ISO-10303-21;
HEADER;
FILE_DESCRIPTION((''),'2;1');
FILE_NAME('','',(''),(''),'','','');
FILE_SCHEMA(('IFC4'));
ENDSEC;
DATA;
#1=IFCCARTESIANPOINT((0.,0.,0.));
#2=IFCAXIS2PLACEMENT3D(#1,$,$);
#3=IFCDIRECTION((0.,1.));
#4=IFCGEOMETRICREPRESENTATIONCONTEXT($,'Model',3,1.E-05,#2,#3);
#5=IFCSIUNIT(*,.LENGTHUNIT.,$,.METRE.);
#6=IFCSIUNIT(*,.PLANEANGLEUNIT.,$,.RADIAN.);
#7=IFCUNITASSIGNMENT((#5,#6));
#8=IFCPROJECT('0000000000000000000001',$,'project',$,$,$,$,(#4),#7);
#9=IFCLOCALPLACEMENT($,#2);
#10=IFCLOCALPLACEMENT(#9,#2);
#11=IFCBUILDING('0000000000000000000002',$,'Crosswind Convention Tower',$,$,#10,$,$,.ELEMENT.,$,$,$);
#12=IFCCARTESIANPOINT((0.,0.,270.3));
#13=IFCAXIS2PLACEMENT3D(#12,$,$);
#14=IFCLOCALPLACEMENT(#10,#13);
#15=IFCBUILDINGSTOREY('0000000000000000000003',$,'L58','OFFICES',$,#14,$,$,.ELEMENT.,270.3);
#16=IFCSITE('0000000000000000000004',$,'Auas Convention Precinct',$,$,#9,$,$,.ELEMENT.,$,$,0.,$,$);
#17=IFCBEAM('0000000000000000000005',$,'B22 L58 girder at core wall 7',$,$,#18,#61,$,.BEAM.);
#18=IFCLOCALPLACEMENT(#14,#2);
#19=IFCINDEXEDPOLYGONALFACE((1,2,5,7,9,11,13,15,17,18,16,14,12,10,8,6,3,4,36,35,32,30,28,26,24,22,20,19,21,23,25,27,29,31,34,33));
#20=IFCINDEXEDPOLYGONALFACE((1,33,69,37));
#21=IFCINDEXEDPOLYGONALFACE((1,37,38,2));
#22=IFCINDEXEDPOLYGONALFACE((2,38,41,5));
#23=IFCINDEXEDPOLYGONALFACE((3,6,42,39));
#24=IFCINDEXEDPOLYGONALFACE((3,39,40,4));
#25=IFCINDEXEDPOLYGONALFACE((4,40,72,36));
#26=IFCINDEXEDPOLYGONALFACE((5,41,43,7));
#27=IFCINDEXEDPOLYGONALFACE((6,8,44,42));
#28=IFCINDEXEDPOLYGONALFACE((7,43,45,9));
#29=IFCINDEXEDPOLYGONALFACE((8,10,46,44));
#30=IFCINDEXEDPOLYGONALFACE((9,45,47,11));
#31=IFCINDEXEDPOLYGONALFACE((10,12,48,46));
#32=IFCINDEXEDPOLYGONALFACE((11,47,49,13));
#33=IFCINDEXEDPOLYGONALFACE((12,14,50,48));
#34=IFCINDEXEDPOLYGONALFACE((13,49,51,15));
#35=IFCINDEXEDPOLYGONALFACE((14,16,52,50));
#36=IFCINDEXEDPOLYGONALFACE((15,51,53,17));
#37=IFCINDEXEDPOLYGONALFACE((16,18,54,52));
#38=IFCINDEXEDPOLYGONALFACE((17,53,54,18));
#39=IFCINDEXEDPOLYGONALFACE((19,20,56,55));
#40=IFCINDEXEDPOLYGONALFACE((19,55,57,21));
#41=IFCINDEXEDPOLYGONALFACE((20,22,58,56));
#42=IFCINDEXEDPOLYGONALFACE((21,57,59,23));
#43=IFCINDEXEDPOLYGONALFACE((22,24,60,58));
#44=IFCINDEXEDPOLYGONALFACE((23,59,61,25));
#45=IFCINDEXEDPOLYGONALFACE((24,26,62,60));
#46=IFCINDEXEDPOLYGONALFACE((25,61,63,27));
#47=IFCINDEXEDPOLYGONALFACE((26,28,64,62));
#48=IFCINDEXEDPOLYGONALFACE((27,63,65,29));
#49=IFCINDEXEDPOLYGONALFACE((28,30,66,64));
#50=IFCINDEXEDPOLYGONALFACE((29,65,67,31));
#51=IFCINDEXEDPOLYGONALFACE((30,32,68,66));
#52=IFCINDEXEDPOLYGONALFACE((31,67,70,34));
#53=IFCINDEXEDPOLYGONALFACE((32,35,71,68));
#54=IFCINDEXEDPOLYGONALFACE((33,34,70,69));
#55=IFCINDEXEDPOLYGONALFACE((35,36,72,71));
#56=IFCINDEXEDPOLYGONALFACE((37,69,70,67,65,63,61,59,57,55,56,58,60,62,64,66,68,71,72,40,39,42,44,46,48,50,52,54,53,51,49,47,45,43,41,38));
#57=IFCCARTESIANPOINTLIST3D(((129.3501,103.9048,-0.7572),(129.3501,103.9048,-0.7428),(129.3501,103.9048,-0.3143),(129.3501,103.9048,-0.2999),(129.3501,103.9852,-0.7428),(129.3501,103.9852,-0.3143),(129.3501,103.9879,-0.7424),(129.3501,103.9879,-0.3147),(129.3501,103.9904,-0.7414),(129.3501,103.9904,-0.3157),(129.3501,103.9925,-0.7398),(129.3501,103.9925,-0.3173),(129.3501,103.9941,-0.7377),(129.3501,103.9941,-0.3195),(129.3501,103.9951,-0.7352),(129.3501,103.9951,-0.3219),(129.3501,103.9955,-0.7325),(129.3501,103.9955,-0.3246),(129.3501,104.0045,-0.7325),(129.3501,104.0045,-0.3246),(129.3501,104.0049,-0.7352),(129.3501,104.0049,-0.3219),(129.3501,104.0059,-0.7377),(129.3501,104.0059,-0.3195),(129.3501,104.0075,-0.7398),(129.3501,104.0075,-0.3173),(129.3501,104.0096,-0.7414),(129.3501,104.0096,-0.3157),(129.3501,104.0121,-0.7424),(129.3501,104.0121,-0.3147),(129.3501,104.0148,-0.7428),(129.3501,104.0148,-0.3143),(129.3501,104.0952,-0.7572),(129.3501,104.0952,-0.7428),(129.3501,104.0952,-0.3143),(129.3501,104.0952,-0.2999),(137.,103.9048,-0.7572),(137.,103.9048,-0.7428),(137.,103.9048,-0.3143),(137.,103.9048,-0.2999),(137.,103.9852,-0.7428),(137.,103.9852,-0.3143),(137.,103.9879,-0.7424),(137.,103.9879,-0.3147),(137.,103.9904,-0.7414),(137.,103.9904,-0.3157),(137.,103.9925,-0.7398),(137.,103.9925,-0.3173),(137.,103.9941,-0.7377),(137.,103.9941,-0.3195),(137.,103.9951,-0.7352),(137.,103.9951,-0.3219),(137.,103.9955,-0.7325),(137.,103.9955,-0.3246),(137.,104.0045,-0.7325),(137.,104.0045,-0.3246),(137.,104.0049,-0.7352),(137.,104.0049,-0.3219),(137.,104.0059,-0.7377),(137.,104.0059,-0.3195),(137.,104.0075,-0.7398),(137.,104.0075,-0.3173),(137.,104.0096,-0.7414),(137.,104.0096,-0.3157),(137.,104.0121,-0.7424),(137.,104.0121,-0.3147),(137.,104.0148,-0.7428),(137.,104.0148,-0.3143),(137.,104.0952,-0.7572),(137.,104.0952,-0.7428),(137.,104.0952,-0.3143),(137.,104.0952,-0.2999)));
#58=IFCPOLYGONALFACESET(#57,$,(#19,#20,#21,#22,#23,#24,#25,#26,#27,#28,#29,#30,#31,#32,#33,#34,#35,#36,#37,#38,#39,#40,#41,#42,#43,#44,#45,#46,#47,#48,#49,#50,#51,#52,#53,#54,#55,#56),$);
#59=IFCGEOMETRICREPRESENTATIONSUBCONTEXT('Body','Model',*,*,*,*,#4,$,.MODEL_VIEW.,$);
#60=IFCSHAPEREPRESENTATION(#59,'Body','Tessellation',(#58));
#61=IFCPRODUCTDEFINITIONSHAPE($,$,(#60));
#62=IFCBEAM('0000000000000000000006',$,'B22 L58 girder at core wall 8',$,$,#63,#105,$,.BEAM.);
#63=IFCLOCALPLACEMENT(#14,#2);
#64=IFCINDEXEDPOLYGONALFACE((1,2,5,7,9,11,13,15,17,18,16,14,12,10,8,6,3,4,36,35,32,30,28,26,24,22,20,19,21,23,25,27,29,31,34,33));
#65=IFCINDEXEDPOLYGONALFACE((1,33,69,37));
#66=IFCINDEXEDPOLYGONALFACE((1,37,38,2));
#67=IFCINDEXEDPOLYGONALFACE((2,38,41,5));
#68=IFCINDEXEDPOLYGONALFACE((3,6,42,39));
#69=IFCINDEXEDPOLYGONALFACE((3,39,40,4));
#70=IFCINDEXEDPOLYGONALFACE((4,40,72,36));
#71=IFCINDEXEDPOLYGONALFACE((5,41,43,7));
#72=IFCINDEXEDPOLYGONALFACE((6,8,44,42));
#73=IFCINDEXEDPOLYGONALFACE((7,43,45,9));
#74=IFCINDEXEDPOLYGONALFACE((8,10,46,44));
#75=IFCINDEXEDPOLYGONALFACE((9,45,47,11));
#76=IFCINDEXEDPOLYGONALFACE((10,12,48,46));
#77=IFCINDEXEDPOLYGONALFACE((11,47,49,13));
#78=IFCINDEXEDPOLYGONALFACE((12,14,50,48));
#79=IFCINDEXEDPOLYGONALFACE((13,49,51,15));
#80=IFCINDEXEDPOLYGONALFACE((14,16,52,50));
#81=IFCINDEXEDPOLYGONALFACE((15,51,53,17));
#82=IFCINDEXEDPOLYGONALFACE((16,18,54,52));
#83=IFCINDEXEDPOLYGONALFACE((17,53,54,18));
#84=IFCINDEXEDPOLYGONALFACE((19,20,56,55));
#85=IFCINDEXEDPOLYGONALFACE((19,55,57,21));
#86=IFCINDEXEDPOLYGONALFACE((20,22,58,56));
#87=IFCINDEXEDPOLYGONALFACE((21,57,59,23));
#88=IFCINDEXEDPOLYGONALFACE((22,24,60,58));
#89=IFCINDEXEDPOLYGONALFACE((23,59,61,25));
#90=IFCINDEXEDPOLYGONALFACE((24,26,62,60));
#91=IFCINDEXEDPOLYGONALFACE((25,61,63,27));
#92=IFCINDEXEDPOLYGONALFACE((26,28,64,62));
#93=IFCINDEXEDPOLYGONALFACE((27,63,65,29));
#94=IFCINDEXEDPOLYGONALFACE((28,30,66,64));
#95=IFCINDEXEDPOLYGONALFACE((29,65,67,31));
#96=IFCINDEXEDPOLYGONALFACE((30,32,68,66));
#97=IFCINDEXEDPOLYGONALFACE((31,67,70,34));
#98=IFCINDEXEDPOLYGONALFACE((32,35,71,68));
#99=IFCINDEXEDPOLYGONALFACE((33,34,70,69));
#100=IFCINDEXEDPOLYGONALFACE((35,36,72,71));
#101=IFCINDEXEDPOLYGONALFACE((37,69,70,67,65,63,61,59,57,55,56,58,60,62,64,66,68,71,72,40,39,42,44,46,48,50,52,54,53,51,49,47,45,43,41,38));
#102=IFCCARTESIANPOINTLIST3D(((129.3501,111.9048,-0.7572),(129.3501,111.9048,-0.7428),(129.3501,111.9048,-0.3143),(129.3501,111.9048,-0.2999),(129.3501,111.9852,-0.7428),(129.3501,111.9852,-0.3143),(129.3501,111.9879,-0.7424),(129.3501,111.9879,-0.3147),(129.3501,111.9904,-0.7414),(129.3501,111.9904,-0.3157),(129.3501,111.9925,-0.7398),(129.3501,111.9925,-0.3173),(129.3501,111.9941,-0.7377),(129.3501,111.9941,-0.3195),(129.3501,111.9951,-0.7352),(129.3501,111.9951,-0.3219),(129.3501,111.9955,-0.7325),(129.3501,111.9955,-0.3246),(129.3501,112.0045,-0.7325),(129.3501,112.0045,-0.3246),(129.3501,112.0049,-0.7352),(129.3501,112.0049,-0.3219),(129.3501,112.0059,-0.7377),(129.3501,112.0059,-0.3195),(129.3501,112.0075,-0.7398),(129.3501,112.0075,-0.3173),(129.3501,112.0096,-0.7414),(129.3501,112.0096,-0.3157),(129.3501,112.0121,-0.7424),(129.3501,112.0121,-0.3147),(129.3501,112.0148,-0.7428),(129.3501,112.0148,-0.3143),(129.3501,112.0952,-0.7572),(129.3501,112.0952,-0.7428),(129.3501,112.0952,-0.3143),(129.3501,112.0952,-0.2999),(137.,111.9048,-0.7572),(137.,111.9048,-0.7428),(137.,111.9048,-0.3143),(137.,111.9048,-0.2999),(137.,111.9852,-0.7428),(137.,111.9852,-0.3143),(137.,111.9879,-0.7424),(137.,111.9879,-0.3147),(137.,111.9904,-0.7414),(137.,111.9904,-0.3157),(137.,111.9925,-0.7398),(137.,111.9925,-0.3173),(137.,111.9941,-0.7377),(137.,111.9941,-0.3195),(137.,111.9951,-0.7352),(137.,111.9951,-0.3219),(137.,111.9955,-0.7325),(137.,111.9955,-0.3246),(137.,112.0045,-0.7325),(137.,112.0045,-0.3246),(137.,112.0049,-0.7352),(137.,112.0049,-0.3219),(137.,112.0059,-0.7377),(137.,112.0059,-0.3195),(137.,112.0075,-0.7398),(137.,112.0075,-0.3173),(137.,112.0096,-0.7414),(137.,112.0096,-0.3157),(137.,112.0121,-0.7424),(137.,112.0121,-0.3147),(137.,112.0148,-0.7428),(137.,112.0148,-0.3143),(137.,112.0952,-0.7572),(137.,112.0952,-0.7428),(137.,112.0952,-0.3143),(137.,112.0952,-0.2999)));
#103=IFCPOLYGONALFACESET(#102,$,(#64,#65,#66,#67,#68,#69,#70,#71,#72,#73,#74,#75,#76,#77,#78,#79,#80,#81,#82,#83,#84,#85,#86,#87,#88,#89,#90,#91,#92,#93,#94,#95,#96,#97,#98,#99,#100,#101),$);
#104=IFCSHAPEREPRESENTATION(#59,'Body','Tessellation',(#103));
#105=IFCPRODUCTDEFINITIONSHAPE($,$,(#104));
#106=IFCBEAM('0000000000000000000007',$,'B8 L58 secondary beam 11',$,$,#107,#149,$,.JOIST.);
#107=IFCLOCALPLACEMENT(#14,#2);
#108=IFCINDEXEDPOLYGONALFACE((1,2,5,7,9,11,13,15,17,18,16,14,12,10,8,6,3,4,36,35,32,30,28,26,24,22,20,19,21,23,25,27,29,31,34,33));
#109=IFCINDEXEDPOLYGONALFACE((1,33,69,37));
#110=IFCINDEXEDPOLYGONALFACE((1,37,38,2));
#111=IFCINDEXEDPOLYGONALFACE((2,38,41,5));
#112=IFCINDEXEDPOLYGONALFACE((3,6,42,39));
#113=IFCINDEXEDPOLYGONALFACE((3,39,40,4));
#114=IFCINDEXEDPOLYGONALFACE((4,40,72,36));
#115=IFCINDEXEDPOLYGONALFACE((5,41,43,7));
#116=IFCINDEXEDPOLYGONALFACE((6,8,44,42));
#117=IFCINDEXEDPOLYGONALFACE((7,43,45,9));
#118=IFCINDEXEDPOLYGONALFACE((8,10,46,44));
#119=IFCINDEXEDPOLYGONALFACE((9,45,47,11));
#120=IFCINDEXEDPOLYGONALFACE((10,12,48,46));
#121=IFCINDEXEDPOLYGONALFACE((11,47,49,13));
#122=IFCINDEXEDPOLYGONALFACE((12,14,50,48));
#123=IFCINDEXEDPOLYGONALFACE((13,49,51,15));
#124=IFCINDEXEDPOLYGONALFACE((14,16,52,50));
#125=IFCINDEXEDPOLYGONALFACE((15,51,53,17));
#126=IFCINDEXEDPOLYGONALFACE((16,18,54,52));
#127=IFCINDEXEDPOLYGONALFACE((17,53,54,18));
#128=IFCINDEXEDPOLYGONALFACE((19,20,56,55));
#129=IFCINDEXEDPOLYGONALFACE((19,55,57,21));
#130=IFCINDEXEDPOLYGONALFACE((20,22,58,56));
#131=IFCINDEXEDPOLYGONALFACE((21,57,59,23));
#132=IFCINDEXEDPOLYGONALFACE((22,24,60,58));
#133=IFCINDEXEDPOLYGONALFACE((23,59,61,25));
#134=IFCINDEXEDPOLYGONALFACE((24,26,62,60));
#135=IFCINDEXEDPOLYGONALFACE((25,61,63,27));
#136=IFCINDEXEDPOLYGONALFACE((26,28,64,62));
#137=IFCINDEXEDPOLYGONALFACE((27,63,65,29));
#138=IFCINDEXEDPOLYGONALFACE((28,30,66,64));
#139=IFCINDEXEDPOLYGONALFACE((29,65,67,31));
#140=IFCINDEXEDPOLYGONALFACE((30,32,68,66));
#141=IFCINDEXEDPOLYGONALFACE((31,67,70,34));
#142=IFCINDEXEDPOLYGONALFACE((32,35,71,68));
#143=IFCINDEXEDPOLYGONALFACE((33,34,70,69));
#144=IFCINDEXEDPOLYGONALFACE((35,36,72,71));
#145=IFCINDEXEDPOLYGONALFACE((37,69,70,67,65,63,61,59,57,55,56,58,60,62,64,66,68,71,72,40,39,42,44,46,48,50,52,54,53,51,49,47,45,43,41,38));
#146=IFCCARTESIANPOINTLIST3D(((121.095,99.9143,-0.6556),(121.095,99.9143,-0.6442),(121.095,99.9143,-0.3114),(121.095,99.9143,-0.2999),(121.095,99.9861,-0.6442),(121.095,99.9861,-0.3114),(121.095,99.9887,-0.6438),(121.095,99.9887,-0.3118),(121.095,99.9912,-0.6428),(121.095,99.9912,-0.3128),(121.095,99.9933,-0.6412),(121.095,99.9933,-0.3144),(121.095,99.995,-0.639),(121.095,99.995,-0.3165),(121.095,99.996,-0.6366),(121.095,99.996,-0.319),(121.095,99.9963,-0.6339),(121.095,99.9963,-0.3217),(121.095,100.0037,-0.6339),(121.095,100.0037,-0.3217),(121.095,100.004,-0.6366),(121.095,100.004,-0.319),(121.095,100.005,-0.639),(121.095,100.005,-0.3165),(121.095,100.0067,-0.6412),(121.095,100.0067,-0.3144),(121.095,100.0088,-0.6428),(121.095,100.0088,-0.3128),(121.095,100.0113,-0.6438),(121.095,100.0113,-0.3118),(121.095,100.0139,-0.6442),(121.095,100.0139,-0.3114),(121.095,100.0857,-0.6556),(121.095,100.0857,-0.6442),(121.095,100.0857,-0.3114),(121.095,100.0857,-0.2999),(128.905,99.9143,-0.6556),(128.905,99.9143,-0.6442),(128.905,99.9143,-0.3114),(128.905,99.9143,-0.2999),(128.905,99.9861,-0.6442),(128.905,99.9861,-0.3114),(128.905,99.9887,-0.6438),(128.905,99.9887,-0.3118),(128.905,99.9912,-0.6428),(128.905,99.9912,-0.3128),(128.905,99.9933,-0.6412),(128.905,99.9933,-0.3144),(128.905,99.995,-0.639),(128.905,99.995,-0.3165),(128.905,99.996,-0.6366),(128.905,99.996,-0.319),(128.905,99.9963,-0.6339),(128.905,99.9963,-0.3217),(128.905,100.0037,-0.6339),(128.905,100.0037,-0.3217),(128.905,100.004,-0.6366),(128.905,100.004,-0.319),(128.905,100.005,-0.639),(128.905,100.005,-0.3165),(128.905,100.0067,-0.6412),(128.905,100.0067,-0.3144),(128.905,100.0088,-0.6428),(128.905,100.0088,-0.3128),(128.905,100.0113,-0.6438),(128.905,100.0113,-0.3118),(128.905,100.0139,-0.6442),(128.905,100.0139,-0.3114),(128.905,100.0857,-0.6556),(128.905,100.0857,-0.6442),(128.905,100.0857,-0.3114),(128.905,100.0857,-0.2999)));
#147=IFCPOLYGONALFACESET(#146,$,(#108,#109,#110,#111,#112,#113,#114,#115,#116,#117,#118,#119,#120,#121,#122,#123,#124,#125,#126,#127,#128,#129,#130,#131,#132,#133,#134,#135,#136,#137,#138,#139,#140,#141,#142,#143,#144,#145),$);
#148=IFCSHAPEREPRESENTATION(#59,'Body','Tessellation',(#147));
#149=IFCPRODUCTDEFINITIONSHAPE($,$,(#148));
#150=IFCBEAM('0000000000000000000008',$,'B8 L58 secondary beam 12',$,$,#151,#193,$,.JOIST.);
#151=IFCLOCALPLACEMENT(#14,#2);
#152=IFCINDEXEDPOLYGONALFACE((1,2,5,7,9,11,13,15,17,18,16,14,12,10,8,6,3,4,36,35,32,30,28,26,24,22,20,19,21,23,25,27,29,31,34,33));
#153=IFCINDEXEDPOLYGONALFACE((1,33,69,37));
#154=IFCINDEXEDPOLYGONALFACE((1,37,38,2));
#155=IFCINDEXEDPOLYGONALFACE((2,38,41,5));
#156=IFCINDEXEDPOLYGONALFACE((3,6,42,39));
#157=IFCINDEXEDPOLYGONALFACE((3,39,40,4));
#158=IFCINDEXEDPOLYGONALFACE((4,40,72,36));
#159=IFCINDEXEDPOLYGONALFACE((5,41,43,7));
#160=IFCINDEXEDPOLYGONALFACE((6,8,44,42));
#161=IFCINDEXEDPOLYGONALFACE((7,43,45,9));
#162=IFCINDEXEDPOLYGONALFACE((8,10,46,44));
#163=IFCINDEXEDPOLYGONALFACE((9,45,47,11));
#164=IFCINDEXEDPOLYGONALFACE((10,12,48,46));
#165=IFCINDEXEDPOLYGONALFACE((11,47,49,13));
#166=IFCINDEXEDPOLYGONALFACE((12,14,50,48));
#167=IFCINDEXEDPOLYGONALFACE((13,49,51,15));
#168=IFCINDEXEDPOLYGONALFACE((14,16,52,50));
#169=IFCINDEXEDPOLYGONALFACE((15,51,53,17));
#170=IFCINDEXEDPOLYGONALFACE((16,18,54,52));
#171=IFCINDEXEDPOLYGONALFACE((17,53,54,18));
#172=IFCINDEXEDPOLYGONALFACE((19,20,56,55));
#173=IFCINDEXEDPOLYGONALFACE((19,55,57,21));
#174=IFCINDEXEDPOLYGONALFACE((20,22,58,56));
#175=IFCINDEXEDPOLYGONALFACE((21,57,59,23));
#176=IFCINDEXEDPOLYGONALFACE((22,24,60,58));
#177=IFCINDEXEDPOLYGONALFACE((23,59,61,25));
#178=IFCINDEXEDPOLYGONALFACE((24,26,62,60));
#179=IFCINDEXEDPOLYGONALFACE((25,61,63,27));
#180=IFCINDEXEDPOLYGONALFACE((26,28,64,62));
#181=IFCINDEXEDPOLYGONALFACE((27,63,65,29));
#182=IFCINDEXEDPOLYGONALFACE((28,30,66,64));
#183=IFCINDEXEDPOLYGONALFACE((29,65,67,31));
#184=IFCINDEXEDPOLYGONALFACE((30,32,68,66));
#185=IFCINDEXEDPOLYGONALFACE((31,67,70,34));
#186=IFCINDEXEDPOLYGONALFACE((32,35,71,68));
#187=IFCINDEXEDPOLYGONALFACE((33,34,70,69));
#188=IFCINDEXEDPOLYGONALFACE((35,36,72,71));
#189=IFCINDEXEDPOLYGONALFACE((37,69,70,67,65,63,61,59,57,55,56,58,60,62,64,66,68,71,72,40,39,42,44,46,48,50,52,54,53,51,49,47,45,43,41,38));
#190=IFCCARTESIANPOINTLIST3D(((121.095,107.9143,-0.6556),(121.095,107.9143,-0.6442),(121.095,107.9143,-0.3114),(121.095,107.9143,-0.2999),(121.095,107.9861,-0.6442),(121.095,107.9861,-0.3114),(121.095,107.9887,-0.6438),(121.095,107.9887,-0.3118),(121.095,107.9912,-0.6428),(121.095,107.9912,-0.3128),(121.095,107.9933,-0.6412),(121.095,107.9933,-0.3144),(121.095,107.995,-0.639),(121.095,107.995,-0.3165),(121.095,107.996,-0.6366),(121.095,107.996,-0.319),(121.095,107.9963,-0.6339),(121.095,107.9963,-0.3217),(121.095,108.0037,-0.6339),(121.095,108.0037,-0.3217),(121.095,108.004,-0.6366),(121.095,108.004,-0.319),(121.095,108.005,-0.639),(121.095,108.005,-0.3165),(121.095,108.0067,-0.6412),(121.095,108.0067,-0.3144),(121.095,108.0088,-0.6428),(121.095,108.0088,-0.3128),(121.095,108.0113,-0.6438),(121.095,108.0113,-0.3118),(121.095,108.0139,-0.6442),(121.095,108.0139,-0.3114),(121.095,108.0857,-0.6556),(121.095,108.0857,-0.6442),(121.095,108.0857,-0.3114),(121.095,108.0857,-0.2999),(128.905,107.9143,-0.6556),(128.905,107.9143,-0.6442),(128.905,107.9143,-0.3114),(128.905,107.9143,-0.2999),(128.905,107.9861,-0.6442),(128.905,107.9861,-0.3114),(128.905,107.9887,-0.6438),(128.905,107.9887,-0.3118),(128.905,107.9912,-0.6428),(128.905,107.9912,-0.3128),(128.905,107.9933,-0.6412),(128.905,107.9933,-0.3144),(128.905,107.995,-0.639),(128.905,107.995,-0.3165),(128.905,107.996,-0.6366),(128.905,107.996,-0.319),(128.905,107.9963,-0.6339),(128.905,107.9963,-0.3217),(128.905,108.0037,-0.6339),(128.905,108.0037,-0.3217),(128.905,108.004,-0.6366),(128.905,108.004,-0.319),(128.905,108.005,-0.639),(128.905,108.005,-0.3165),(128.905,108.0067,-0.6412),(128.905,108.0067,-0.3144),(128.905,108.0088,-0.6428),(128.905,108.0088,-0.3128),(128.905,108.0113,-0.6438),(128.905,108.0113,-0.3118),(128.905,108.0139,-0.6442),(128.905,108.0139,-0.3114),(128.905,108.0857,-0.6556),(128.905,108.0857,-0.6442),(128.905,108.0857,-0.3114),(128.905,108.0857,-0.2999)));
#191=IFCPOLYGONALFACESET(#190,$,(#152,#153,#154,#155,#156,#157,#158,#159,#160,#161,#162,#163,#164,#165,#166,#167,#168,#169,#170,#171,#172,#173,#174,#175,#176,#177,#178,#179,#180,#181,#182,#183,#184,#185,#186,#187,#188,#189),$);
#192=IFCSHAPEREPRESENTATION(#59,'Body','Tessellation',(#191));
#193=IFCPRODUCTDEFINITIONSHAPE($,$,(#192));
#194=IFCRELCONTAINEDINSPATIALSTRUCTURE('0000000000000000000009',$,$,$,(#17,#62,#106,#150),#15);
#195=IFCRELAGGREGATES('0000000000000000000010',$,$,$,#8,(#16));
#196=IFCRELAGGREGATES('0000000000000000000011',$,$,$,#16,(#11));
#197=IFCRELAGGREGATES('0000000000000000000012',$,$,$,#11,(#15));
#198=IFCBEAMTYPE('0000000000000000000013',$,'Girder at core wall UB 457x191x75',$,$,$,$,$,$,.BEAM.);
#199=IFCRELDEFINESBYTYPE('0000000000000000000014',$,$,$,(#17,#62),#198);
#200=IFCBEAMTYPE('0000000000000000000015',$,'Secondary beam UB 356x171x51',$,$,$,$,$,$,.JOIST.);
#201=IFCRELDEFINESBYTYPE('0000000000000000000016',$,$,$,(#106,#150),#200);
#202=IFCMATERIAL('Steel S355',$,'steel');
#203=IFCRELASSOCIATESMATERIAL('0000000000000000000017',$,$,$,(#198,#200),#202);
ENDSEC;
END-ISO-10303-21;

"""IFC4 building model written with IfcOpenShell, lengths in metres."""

from ifc_helpers import new_model, si_unit, direction, frame, origin, origin_2d, place, context, subcontext, project, spatial, i_section, extrude, material, material_profile, profile_set, type_object, element, save


model = new_model("IFC4")

# Units and contexts
model_context = context("Model", 3, precision=1e-05, world=origin(), true_north=direction((0.0, 1.0)))
body_context = subcontext(model_context, "Body", "Model", "MODEL_VIEW")
ifc_project = project(units=[si_unit("LENGTHUNIT", "METRE"), si_unit("PLANEANGLEUNIT", "RADIAN")], contexts=[model_context])

# Site, building, storey
site_placement = place(None, origin())
site = spatial("IfcSite", under=ifc_project, at=site_placement, Name="Auas Convention Precinct", CompositionType="ELEMENT", RefElevation=0.0)
building_placement = place(site_placement, origin())
building = spatial("IfcBuilding", under=site, at=building_placement, Name="Crosswind Convention Tower", CompositionType="ELEMENT")
storey_placement = place(building_placement, frame((0.0, 0.0, 270.3)))
storey = spatial("IfcBuildingStorey", under=building, at=storey_placement, Name="L58", Description="OFFICES", CompositionType="ELEMENT", Elevation=270.3)

# Beams
ifc_material_1 = material(Name="Steel S355", Category="steel")
ifc_material_profile_1 = material_profile(ifc_material_1, i_section(OverallWidth=0.1904, OverallDepth=0.4573, WebThickness=0.009, FlangeThickness=0.0144, FilletRadius=0.0103, at=origin_2d()), Name="UB 457x191x75")
ifc_profile_set_1 = profile_set([ifc_material_profile_1], Name="Steel S355")
beam_type_1 = type_object("IfcBeamType", Name="Girder at core wall UB 457x191x75", PredefinedType="BEAM", material=ifc_profile_set_1)
for number, where, z_axis, x_axis, name in (
    (1, (129.3501, 104.0, -0.5286), (1.0, 0.0, 0.0), (0.0, 1.0, 0.0), "B22 L58 girder at core wall 7"),
    (2, (129.3501, 112.0, -0.5286), (1.0, 0.0, 0.0), (0.0, 1.0, 0.0), "B22 L58 girder at core wall 8"),
):
    element("IfcBeam", number, at=place(storey_placement, frame(where, z_axis=z_axis, x_axis=x_axis)), inside=storey, type_object=beam_type_1, Name=name, PredefinedType="BEAM", context=body_context, shape_type="SweptSolid", body=[
        extrude(i_section(OverallWidth=0.1904, OverallDepth=0.4573, WebThickness=0.009, FlangeThickness=0.0144, FilletRadius=0.0103, at=origin_2d()), origin(), (0.0, 0.0, 1.0), 7.6499),
    ])
ifc_material_profile_2 = material_profile(ifc_material_1, i_section(OverallWidth=0.1714, OverallDepth=0.3557, WebThickness=0.0073, FlangeThickness=0.0115, FilletRadius=0.0103, at=origin_2d()), Name="UB 356x171x51")
ifc_profile_set_2 = profile_set([ifc_material_profile_2], Name="Steel S355")
beam_type_2 = type_object("IfcBeamType", Name="Secondary beam UB 356x171x51", PredefinedType="JOIST", material=ifc_profile_set_2)
for number, where, z_axis, x_axis, name in (
    (3, (121.095, 100.0, -0.4778), (1.0, 0.0, 0.0), (0.0, 1.0, 0.0), "B8 L58 secondary beam 11"),
    (4, (121.095, 108.0, -0.4778), (1.0, 0.0, 0.0), (0.0, 1.0, 0.0), "B8 L58 secondary beam 12"),
):
    element("IfcBeam", number, at=place(storey_placement, frame(where, z_axis=z_axis, x_axis=x_axis)), inside=storey, type_object=beam_type_2, Name=name, PredefinedType="JOIST", context=body_context, shape_type="SweptSolid", body=[
        extrude(i_section(OverallWidth=0.1714, OverallDepth=0.3557, WebThickness=0.0073, FlangeThickness=0.0115, FilletRadius=0.0103, at=origin_2d()), origin(), (0.0, 0.0, 1.0), 7.8101),
    ])

save(model, "model.ifc")
